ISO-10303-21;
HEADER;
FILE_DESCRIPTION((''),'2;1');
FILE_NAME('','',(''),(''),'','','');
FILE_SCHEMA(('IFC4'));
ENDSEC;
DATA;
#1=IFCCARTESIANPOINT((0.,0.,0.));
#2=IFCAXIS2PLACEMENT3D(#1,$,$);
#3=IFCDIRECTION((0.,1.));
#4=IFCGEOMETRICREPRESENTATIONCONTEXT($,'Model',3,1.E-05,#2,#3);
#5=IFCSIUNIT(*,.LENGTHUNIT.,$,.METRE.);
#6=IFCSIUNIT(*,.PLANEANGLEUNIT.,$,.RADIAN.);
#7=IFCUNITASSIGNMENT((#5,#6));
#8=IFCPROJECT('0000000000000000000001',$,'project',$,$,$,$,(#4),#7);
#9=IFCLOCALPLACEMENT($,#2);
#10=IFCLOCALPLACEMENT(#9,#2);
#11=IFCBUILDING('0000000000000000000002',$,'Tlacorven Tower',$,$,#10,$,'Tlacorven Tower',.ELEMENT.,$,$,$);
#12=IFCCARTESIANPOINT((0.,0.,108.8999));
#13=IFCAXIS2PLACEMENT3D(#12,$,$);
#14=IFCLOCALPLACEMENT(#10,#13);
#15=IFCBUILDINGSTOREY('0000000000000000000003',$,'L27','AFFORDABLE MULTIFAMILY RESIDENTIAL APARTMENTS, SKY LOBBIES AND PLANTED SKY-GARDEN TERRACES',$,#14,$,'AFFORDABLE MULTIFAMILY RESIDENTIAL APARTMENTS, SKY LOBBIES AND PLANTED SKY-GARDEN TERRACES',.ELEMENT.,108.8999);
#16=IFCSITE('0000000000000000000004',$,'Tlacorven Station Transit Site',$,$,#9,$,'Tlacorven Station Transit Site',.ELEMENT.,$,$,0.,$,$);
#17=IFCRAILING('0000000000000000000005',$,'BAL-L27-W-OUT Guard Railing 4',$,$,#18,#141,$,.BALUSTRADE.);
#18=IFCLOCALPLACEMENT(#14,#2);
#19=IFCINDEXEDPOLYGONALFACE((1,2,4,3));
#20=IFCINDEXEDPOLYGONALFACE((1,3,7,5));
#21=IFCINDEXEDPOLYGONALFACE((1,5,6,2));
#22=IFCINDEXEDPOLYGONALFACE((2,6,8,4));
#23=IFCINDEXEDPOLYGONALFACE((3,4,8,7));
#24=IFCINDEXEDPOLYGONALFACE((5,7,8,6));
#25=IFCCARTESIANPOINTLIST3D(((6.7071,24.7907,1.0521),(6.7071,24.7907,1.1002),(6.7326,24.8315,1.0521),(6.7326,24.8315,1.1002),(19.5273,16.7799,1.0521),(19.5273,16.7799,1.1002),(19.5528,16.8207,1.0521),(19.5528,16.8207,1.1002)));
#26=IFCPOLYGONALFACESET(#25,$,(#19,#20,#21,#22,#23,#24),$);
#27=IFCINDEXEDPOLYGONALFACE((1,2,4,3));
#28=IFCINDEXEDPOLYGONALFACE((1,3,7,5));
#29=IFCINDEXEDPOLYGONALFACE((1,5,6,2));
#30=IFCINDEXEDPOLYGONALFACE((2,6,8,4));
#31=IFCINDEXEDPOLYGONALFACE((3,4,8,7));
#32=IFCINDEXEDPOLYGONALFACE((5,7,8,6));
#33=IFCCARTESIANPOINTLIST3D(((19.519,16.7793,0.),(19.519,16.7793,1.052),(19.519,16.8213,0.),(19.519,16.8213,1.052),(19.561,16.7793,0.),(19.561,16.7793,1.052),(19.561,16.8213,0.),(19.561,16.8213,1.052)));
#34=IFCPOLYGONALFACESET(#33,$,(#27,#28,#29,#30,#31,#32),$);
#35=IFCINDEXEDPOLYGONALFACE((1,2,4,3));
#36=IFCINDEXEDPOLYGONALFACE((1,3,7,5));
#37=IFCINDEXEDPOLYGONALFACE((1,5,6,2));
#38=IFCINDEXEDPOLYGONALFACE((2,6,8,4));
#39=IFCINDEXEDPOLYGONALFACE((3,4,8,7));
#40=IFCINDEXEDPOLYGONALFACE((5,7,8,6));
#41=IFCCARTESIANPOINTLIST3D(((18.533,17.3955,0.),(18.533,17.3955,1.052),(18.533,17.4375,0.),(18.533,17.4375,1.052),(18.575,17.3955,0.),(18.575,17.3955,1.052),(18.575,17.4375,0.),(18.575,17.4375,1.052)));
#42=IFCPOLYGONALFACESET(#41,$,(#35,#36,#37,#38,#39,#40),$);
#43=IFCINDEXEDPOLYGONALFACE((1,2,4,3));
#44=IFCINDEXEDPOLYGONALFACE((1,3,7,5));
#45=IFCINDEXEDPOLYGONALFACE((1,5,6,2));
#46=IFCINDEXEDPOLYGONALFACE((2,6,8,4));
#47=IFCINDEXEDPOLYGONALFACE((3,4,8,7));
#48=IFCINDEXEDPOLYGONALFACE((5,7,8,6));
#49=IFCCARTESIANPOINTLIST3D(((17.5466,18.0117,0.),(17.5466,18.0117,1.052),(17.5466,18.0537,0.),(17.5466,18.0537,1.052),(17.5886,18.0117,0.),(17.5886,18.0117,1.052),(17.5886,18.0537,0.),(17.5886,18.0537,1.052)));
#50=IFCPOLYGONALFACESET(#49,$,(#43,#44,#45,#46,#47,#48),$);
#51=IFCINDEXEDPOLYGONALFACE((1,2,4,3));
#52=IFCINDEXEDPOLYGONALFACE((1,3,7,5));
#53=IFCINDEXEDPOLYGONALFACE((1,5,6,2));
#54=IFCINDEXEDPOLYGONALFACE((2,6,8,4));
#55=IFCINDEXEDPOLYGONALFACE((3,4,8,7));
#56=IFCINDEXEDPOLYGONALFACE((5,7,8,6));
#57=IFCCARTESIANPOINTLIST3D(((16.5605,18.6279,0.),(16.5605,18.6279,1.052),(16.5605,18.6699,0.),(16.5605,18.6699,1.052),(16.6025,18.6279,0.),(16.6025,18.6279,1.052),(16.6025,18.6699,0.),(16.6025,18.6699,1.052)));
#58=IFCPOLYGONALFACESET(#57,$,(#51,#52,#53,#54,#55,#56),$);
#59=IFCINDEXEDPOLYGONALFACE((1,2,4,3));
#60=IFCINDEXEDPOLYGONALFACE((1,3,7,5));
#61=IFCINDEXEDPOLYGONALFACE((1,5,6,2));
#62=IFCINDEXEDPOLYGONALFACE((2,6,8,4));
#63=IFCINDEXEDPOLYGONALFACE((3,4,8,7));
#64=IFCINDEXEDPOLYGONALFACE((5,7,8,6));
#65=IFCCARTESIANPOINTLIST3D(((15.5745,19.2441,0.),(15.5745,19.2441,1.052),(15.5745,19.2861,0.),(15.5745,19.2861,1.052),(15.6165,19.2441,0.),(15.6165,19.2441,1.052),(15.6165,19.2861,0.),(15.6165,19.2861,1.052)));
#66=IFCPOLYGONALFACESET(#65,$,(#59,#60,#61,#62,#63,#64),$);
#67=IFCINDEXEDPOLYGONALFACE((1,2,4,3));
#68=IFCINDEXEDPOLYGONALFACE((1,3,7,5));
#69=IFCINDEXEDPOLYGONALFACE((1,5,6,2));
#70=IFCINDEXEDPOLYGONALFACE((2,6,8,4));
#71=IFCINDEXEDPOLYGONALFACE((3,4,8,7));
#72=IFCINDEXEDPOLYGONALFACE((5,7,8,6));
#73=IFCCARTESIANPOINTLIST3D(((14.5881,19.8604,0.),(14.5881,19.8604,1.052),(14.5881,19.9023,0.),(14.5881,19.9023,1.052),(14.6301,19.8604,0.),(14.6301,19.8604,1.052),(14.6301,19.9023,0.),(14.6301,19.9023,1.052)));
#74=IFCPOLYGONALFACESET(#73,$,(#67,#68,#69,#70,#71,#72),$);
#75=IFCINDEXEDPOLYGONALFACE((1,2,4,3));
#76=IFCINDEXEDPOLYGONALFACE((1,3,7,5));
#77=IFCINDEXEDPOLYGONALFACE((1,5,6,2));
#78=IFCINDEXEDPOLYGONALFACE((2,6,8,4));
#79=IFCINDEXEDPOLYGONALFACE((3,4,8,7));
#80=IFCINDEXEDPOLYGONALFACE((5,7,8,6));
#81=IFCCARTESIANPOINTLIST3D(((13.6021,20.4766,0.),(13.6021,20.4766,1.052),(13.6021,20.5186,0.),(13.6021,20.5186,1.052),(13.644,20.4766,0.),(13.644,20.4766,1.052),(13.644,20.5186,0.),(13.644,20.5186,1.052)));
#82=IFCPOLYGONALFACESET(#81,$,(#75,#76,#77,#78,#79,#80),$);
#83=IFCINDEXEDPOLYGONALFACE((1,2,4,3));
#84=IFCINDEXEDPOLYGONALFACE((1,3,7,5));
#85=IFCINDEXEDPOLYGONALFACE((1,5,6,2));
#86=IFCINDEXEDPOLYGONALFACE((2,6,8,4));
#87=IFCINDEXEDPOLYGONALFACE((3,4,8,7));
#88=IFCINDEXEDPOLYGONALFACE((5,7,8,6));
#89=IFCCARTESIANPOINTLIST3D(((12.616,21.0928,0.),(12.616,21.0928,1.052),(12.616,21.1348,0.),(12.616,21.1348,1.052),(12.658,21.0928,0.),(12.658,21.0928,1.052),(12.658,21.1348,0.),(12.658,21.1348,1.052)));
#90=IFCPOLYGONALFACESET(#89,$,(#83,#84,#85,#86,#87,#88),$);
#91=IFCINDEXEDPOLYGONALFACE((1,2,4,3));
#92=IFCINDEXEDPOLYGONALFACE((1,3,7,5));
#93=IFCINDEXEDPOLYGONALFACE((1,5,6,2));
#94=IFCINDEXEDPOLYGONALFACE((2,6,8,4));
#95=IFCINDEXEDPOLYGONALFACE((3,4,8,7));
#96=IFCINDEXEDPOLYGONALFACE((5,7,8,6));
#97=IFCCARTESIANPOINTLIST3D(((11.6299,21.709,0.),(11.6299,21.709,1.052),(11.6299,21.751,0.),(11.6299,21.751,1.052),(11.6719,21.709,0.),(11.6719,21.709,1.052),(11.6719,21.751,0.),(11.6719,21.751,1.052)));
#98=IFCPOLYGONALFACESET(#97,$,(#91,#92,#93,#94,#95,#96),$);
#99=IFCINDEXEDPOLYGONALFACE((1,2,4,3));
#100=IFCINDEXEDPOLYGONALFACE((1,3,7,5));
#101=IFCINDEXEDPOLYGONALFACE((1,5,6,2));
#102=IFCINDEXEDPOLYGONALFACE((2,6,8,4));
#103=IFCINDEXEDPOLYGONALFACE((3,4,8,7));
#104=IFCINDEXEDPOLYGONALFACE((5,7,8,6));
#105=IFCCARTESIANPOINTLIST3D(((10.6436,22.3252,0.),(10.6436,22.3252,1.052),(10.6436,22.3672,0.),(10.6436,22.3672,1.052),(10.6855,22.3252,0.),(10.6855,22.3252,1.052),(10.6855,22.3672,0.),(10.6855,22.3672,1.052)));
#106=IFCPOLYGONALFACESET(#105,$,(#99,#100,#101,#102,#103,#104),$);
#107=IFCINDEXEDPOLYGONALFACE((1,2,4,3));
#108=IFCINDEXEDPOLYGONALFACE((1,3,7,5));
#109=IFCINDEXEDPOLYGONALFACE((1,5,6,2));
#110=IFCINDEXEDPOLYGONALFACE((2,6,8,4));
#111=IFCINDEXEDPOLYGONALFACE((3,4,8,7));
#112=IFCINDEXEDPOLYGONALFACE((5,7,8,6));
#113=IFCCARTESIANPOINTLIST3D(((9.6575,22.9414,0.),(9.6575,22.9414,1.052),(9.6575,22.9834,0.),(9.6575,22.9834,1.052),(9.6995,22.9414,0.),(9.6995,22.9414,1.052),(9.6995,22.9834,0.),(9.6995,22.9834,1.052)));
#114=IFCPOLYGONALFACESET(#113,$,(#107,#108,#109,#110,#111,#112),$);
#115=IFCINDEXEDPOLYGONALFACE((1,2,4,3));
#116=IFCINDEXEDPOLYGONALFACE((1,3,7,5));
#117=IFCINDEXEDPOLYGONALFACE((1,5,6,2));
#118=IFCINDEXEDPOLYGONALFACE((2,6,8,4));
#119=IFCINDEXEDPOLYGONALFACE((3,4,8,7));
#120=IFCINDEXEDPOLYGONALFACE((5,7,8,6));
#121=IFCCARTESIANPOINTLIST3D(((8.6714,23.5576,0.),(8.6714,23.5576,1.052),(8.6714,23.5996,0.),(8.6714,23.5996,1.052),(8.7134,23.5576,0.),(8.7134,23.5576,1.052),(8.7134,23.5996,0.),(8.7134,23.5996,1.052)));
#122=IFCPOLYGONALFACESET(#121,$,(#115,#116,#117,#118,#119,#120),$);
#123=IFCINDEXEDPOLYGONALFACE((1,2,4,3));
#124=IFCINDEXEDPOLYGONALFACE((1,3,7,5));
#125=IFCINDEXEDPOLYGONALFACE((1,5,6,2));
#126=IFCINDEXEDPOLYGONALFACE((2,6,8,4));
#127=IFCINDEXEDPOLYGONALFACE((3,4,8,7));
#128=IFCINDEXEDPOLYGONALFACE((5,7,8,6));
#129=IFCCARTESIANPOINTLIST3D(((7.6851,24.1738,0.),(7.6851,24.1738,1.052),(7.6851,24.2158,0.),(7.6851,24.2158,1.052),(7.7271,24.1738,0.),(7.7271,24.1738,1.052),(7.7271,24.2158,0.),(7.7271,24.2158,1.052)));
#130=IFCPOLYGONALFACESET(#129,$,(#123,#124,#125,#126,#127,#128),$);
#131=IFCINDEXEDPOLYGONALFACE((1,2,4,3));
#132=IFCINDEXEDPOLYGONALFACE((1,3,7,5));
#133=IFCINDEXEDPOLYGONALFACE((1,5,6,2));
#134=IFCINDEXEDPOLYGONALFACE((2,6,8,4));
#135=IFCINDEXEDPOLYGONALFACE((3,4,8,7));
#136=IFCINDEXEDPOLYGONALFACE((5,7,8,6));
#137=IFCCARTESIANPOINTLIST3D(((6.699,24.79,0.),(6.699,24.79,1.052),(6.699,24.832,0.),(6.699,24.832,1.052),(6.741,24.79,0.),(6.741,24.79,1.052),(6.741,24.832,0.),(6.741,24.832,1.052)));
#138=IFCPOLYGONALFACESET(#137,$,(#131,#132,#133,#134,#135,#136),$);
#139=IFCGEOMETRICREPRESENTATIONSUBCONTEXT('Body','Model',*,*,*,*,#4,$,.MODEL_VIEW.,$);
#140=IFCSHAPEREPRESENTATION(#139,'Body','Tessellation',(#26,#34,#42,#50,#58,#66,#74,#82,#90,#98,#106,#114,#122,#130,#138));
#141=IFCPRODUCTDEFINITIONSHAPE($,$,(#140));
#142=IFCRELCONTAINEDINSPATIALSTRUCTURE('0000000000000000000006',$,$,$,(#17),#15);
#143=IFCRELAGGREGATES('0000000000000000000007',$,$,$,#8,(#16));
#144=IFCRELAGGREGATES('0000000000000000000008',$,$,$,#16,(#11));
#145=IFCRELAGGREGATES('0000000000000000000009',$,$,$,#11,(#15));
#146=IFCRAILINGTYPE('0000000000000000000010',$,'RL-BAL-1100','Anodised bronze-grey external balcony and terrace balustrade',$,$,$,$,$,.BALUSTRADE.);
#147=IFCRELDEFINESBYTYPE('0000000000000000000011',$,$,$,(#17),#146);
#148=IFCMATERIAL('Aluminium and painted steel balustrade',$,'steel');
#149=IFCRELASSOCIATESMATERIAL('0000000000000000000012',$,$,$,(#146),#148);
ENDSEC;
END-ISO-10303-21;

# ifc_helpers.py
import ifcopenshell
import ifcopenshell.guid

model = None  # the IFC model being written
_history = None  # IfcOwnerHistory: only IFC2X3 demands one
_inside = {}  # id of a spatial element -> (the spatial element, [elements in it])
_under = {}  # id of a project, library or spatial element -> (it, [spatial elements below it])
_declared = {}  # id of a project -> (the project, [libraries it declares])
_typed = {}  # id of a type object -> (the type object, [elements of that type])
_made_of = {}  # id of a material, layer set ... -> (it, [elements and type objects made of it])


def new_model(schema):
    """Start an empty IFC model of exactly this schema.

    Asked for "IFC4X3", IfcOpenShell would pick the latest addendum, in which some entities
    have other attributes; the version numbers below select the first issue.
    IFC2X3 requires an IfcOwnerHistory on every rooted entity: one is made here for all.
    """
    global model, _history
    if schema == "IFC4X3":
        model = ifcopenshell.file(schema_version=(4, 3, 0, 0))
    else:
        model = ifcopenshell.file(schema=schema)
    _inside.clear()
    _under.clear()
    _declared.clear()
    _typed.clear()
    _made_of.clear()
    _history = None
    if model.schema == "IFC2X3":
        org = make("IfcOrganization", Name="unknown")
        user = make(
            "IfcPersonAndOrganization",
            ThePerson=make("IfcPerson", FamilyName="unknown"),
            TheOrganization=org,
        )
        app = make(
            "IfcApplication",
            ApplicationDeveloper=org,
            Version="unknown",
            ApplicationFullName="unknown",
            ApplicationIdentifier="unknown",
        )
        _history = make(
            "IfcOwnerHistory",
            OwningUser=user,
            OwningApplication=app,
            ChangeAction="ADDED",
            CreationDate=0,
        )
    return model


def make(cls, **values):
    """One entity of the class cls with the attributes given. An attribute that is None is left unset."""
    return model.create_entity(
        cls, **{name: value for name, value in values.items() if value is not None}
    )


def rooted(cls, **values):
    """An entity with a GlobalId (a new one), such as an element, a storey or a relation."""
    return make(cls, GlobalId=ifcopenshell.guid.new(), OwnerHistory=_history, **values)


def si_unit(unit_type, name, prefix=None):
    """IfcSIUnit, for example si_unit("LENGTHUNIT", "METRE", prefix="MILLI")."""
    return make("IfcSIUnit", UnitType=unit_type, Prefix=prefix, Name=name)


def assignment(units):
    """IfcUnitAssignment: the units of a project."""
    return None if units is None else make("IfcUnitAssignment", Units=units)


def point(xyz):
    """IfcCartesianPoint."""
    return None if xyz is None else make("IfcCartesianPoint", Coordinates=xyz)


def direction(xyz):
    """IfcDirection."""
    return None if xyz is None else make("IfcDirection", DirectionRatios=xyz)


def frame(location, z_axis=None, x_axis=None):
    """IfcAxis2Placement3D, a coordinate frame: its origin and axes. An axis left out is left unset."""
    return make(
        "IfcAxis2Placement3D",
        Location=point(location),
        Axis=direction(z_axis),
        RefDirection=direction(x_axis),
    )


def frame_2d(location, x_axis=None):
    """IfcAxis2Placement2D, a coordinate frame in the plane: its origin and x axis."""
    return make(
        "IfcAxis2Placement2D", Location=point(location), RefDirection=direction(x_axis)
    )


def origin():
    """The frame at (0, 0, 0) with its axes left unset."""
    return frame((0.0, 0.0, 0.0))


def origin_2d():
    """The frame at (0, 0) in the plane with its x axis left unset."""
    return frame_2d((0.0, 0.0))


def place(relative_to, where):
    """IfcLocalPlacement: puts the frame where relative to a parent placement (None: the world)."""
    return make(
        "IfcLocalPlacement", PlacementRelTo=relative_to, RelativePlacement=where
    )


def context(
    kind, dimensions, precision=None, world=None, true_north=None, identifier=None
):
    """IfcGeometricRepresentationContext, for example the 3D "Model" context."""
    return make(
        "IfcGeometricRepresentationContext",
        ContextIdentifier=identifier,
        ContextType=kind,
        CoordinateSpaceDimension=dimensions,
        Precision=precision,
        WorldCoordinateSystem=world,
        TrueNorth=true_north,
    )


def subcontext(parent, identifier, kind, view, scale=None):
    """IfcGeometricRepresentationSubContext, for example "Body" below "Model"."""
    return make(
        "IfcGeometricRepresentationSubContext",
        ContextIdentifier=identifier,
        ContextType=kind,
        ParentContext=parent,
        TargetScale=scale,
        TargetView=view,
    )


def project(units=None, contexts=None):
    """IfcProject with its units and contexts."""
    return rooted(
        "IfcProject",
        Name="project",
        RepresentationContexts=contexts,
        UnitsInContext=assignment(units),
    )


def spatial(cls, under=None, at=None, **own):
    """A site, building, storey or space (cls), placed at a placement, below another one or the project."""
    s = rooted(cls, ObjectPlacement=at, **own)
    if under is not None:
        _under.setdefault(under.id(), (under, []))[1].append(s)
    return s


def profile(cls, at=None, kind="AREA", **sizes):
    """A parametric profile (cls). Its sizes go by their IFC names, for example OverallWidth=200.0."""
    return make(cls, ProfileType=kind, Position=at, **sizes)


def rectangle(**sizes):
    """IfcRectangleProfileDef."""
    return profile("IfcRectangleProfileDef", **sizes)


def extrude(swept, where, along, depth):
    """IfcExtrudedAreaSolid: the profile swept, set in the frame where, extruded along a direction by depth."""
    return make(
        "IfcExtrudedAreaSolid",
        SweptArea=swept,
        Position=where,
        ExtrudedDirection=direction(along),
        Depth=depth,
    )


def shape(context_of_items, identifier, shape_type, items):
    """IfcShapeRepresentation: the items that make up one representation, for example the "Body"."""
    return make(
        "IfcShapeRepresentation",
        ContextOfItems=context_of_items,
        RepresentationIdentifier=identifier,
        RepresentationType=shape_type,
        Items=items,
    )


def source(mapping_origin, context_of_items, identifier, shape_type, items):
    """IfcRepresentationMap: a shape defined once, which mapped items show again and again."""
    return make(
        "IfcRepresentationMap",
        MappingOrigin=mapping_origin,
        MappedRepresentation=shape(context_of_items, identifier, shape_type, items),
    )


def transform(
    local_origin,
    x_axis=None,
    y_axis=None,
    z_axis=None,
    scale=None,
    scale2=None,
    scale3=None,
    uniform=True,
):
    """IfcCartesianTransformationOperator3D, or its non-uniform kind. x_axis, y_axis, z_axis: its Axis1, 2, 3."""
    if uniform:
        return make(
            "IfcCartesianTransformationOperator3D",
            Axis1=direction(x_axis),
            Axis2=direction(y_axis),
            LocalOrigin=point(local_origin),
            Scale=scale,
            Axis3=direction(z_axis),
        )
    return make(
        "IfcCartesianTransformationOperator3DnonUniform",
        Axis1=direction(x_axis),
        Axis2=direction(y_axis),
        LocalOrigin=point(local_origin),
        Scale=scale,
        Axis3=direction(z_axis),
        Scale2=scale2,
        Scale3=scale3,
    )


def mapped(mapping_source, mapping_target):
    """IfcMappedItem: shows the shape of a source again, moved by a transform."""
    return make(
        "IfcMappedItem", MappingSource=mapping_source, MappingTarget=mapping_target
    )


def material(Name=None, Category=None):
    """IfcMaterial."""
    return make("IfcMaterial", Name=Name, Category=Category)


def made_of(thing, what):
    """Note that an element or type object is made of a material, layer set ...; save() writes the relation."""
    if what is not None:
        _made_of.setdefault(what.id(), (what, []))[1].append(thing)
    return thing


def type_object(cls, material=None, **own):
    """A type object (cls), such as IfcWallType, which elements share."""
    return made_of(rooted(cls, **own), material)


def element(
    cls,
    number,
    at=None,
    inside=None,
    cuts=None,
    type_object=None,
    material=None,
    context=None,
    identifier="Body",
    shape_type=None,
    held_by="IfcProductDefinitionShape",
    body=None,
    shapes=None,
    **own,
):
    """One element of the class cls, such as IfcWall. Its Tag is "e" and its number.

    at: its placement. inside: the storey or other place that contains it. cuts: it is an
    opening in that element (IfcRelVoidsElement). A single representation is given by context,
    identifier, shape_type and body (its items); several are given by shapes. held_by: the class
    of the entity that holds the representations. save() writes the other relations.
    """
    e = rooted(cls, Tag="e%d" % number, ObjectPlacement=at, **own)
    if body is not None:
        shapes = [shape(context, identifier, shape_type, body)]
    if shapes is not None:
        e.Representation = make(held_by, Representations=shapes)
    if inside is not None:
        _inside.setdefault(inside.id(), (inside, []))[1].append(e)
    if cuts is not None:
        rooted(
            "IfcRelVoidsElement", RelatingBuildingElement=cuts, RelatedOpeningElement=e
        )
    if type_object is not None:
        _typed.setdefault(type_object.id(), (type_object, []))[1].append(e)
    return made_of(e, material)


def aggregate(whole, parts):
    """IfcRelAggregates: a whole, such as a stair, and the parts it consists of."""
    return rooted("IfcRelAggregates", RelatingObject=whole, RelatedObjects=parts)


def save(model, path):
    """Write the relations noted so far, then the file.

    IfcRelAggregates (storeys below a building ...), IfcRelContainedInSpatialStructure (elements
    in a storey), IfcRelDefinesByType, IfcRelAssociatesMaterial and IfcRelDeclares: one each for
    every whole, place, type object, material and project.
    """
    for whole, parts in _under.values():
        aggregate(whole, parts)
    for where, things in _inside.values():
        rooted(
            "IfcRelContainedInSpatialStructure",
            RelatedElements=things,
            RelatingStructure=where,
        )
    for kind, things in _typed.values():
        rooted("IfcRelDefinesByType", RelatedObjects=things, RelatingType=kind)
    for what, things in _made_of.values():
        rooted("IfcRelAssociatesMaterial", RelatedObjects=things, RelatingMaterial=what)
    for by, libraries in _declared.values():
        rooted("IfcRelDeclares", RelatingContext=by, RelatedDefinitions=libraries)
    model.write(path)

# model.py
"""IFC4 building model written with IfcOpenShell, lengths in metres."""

from ifc_helpers import new_model, si_unit, direction, frame, origin, origin_2d, place, context, subcontext, project, spatial, rectangle, extrude, source, transform, mapped, material, type_object, element, save


model = new_model("IFC4")

# Units and contexts
model_context = context("Model", 3, precision=1e-05, world=origin(), true_north=direction((0.0, 1.0)))
body_context = subcontext(model_context, "Body", "Model", "MODEL_VIEW")
ifc_project = project(units=[si_unit("LENGTHUNIT", "METRE"), si_unit("PLANEANGLEUNIT", "RADIAN")], contexts=[model_context])

# Site, building, storey
site_placement = place(None, origin())
site = spatial("IfcSite", under=ifc_project, at=site_placement, Name="Tlacorven Station Transit Site", LongName="Tlacorven Station Transit Site", CompositionType="ELEMENT", RefElevation=0.0)
building_placement = place(site_placement, origin())
building = spatial("IfcBuilding", under=site, at=building_placement, Name="Tlacorven Tower", LongName="Tlacorven Tower", CompositionType="ELEMENT")
storey_placement = place(building_placement, frame((0.0, 0.0, 108.8999)))
storey = spatial("IfcBuildingStorey", under=building, at=storey_placement, Name="L27", Description="AFFORDABLE MULTIFAMILY RESIDENTIAL APARTMENTS, SKY LOBBIES AND PLANTED SKY-GARDEN TERRACES", LongName="AFFORDABLE MULTIFAMILY RESIDENTIAL APARTMENTS, SKY LOBBIES AND PLANTED SKY-GARDEN TERRACES", CompositionType="ELEMENT", Elevation=108.8999)

# Railing
ifc_material_1 = material(Name="Aluminium and painted steel balustrade", Category="steel")
railing_type = type_object("IfcRailingType", Name="RL-BAL-1100", Description="Anodised bronze-grey external balcony and terrace balustrade", PredefinedType="BALUSTRADE", material=ifc_material_1)
shared_shape_1 = source(origin(), body_context, "Body", "SweptSolid", [
    extrude(rectangle(XDim=0.0481, YDim=0.0481, at=origin_2d()), frame((0.0, 0.0, 1.0762), z_axis=(-0.848052, 0.529913, 0.0), x_axis=(-0.529913, -0.848052, 0.0)), (0.0, 0.0, 1.0), 15.1172),
    extrude(rectangle(XDim=0.042, YDim=0.042, at=origin_2d()), origin(), (0.0, 0.0, 1.0), 1.052),
    extrude(rectangle(XDim=0.042, YDim=0.042, at=origin_2d()), frame((-0.9861, 0.6162, 0.0)), (0.0, 0.0, 1.0), 1.052),
    extrude(rectangle(XDim=0.042, YDim=0.042, at=origin_2d()), frame((-1.9724, 1.2324, 0.0)), (0.0, 0.0, 1.0), 1.052),
    extrude(rectangle(XDim=0.042, YDim=0.042, at=origin_2d()), frame((-2.9585, 1.8486, 0.0)), (0.0, 0.0, 1.0), 1.052),
    extrude(rectangle(XDim=0.042, YDim=0.042, at=origin_2d()), frame((-3.9446, 2.4648, 0.0)), (0.0, 0.0, 1.0), 1.052),
    extrude(rectangle(XDim=0.042, YDim=0.042, at=origin_2d()), frame((-4.9309, 3.0811, 0.0)), (0.0, 0.0, 1.0), 1.052),
    extrude(rectangle(XDim=0.042, YDim=0.042, at=origin_2d()), frame((-5.917, 3.6973, 0.0)), (0.0, 0.0, 1.0), 1.052),
    extrude(rectangle(XDim=0.042, YDim=0.042, at=origin_2d()), frame((-6.9031, 4.3135, 0.0)), (0.0, 0.0, 1.0), 1.052),
    extrude(rectangle(XDim=0.042, YDim=0.042, at=origin_2d()), frame((-7.8892, 4.9297, 0.0)), (0.0, 0.0, 1.0), 1.052),
    extrude(rectangle(XDim=0.042, YDim=0.042, at=origin_2d()), frame((-8.8755, 5.5459, 0.0)), (0.0, 0.0, 1.0), 1.052),
    extrude(rectangle(XDim=0.042, YDim=0.042, at=origin_2d()), frame((-9.8616, 6.1621, 0.0)), (0.0, 0.0, 1.0), 1.052),
    extrude(rectangle(XDim=0.042, YDim=0.042, at=origin_2d()), frame((-10.8477, 6.7783, 0.0)), (0.0, 0.0, 1.0), 1.052),
    extrude(rectangle(XDim=0.042, YDim=0.042, at=origin_2d()), frame((-11.834, 7.3945, 0.0)), (0.0, 0.0, 1.0), 1.052),
    extrude(rectangle(XDim=0.042, YDim=0.042, at=origin_2d()), frame((-12.8201, 8.0107, 0.0)), (0.0, 0.0, 1.0), 1.052),
])
railing_1_placement = place(storey_placement, frame((19.54, 16.8003, 0.0)))
element("IfcRailing", 1, at=railing_1_placement, inside=storey, type_object=railing_type, Name="BAL-L27-W-OUT Guard Railing 4", PredefinedType="BALUSTRADE", context=body_context, shape_type="MappedRepresentation", body=[
    mapped(shared_shape_1, transform((0.0, 0.0, 0.0), scale=1.0)),
])

save(model, "model.ifc")
